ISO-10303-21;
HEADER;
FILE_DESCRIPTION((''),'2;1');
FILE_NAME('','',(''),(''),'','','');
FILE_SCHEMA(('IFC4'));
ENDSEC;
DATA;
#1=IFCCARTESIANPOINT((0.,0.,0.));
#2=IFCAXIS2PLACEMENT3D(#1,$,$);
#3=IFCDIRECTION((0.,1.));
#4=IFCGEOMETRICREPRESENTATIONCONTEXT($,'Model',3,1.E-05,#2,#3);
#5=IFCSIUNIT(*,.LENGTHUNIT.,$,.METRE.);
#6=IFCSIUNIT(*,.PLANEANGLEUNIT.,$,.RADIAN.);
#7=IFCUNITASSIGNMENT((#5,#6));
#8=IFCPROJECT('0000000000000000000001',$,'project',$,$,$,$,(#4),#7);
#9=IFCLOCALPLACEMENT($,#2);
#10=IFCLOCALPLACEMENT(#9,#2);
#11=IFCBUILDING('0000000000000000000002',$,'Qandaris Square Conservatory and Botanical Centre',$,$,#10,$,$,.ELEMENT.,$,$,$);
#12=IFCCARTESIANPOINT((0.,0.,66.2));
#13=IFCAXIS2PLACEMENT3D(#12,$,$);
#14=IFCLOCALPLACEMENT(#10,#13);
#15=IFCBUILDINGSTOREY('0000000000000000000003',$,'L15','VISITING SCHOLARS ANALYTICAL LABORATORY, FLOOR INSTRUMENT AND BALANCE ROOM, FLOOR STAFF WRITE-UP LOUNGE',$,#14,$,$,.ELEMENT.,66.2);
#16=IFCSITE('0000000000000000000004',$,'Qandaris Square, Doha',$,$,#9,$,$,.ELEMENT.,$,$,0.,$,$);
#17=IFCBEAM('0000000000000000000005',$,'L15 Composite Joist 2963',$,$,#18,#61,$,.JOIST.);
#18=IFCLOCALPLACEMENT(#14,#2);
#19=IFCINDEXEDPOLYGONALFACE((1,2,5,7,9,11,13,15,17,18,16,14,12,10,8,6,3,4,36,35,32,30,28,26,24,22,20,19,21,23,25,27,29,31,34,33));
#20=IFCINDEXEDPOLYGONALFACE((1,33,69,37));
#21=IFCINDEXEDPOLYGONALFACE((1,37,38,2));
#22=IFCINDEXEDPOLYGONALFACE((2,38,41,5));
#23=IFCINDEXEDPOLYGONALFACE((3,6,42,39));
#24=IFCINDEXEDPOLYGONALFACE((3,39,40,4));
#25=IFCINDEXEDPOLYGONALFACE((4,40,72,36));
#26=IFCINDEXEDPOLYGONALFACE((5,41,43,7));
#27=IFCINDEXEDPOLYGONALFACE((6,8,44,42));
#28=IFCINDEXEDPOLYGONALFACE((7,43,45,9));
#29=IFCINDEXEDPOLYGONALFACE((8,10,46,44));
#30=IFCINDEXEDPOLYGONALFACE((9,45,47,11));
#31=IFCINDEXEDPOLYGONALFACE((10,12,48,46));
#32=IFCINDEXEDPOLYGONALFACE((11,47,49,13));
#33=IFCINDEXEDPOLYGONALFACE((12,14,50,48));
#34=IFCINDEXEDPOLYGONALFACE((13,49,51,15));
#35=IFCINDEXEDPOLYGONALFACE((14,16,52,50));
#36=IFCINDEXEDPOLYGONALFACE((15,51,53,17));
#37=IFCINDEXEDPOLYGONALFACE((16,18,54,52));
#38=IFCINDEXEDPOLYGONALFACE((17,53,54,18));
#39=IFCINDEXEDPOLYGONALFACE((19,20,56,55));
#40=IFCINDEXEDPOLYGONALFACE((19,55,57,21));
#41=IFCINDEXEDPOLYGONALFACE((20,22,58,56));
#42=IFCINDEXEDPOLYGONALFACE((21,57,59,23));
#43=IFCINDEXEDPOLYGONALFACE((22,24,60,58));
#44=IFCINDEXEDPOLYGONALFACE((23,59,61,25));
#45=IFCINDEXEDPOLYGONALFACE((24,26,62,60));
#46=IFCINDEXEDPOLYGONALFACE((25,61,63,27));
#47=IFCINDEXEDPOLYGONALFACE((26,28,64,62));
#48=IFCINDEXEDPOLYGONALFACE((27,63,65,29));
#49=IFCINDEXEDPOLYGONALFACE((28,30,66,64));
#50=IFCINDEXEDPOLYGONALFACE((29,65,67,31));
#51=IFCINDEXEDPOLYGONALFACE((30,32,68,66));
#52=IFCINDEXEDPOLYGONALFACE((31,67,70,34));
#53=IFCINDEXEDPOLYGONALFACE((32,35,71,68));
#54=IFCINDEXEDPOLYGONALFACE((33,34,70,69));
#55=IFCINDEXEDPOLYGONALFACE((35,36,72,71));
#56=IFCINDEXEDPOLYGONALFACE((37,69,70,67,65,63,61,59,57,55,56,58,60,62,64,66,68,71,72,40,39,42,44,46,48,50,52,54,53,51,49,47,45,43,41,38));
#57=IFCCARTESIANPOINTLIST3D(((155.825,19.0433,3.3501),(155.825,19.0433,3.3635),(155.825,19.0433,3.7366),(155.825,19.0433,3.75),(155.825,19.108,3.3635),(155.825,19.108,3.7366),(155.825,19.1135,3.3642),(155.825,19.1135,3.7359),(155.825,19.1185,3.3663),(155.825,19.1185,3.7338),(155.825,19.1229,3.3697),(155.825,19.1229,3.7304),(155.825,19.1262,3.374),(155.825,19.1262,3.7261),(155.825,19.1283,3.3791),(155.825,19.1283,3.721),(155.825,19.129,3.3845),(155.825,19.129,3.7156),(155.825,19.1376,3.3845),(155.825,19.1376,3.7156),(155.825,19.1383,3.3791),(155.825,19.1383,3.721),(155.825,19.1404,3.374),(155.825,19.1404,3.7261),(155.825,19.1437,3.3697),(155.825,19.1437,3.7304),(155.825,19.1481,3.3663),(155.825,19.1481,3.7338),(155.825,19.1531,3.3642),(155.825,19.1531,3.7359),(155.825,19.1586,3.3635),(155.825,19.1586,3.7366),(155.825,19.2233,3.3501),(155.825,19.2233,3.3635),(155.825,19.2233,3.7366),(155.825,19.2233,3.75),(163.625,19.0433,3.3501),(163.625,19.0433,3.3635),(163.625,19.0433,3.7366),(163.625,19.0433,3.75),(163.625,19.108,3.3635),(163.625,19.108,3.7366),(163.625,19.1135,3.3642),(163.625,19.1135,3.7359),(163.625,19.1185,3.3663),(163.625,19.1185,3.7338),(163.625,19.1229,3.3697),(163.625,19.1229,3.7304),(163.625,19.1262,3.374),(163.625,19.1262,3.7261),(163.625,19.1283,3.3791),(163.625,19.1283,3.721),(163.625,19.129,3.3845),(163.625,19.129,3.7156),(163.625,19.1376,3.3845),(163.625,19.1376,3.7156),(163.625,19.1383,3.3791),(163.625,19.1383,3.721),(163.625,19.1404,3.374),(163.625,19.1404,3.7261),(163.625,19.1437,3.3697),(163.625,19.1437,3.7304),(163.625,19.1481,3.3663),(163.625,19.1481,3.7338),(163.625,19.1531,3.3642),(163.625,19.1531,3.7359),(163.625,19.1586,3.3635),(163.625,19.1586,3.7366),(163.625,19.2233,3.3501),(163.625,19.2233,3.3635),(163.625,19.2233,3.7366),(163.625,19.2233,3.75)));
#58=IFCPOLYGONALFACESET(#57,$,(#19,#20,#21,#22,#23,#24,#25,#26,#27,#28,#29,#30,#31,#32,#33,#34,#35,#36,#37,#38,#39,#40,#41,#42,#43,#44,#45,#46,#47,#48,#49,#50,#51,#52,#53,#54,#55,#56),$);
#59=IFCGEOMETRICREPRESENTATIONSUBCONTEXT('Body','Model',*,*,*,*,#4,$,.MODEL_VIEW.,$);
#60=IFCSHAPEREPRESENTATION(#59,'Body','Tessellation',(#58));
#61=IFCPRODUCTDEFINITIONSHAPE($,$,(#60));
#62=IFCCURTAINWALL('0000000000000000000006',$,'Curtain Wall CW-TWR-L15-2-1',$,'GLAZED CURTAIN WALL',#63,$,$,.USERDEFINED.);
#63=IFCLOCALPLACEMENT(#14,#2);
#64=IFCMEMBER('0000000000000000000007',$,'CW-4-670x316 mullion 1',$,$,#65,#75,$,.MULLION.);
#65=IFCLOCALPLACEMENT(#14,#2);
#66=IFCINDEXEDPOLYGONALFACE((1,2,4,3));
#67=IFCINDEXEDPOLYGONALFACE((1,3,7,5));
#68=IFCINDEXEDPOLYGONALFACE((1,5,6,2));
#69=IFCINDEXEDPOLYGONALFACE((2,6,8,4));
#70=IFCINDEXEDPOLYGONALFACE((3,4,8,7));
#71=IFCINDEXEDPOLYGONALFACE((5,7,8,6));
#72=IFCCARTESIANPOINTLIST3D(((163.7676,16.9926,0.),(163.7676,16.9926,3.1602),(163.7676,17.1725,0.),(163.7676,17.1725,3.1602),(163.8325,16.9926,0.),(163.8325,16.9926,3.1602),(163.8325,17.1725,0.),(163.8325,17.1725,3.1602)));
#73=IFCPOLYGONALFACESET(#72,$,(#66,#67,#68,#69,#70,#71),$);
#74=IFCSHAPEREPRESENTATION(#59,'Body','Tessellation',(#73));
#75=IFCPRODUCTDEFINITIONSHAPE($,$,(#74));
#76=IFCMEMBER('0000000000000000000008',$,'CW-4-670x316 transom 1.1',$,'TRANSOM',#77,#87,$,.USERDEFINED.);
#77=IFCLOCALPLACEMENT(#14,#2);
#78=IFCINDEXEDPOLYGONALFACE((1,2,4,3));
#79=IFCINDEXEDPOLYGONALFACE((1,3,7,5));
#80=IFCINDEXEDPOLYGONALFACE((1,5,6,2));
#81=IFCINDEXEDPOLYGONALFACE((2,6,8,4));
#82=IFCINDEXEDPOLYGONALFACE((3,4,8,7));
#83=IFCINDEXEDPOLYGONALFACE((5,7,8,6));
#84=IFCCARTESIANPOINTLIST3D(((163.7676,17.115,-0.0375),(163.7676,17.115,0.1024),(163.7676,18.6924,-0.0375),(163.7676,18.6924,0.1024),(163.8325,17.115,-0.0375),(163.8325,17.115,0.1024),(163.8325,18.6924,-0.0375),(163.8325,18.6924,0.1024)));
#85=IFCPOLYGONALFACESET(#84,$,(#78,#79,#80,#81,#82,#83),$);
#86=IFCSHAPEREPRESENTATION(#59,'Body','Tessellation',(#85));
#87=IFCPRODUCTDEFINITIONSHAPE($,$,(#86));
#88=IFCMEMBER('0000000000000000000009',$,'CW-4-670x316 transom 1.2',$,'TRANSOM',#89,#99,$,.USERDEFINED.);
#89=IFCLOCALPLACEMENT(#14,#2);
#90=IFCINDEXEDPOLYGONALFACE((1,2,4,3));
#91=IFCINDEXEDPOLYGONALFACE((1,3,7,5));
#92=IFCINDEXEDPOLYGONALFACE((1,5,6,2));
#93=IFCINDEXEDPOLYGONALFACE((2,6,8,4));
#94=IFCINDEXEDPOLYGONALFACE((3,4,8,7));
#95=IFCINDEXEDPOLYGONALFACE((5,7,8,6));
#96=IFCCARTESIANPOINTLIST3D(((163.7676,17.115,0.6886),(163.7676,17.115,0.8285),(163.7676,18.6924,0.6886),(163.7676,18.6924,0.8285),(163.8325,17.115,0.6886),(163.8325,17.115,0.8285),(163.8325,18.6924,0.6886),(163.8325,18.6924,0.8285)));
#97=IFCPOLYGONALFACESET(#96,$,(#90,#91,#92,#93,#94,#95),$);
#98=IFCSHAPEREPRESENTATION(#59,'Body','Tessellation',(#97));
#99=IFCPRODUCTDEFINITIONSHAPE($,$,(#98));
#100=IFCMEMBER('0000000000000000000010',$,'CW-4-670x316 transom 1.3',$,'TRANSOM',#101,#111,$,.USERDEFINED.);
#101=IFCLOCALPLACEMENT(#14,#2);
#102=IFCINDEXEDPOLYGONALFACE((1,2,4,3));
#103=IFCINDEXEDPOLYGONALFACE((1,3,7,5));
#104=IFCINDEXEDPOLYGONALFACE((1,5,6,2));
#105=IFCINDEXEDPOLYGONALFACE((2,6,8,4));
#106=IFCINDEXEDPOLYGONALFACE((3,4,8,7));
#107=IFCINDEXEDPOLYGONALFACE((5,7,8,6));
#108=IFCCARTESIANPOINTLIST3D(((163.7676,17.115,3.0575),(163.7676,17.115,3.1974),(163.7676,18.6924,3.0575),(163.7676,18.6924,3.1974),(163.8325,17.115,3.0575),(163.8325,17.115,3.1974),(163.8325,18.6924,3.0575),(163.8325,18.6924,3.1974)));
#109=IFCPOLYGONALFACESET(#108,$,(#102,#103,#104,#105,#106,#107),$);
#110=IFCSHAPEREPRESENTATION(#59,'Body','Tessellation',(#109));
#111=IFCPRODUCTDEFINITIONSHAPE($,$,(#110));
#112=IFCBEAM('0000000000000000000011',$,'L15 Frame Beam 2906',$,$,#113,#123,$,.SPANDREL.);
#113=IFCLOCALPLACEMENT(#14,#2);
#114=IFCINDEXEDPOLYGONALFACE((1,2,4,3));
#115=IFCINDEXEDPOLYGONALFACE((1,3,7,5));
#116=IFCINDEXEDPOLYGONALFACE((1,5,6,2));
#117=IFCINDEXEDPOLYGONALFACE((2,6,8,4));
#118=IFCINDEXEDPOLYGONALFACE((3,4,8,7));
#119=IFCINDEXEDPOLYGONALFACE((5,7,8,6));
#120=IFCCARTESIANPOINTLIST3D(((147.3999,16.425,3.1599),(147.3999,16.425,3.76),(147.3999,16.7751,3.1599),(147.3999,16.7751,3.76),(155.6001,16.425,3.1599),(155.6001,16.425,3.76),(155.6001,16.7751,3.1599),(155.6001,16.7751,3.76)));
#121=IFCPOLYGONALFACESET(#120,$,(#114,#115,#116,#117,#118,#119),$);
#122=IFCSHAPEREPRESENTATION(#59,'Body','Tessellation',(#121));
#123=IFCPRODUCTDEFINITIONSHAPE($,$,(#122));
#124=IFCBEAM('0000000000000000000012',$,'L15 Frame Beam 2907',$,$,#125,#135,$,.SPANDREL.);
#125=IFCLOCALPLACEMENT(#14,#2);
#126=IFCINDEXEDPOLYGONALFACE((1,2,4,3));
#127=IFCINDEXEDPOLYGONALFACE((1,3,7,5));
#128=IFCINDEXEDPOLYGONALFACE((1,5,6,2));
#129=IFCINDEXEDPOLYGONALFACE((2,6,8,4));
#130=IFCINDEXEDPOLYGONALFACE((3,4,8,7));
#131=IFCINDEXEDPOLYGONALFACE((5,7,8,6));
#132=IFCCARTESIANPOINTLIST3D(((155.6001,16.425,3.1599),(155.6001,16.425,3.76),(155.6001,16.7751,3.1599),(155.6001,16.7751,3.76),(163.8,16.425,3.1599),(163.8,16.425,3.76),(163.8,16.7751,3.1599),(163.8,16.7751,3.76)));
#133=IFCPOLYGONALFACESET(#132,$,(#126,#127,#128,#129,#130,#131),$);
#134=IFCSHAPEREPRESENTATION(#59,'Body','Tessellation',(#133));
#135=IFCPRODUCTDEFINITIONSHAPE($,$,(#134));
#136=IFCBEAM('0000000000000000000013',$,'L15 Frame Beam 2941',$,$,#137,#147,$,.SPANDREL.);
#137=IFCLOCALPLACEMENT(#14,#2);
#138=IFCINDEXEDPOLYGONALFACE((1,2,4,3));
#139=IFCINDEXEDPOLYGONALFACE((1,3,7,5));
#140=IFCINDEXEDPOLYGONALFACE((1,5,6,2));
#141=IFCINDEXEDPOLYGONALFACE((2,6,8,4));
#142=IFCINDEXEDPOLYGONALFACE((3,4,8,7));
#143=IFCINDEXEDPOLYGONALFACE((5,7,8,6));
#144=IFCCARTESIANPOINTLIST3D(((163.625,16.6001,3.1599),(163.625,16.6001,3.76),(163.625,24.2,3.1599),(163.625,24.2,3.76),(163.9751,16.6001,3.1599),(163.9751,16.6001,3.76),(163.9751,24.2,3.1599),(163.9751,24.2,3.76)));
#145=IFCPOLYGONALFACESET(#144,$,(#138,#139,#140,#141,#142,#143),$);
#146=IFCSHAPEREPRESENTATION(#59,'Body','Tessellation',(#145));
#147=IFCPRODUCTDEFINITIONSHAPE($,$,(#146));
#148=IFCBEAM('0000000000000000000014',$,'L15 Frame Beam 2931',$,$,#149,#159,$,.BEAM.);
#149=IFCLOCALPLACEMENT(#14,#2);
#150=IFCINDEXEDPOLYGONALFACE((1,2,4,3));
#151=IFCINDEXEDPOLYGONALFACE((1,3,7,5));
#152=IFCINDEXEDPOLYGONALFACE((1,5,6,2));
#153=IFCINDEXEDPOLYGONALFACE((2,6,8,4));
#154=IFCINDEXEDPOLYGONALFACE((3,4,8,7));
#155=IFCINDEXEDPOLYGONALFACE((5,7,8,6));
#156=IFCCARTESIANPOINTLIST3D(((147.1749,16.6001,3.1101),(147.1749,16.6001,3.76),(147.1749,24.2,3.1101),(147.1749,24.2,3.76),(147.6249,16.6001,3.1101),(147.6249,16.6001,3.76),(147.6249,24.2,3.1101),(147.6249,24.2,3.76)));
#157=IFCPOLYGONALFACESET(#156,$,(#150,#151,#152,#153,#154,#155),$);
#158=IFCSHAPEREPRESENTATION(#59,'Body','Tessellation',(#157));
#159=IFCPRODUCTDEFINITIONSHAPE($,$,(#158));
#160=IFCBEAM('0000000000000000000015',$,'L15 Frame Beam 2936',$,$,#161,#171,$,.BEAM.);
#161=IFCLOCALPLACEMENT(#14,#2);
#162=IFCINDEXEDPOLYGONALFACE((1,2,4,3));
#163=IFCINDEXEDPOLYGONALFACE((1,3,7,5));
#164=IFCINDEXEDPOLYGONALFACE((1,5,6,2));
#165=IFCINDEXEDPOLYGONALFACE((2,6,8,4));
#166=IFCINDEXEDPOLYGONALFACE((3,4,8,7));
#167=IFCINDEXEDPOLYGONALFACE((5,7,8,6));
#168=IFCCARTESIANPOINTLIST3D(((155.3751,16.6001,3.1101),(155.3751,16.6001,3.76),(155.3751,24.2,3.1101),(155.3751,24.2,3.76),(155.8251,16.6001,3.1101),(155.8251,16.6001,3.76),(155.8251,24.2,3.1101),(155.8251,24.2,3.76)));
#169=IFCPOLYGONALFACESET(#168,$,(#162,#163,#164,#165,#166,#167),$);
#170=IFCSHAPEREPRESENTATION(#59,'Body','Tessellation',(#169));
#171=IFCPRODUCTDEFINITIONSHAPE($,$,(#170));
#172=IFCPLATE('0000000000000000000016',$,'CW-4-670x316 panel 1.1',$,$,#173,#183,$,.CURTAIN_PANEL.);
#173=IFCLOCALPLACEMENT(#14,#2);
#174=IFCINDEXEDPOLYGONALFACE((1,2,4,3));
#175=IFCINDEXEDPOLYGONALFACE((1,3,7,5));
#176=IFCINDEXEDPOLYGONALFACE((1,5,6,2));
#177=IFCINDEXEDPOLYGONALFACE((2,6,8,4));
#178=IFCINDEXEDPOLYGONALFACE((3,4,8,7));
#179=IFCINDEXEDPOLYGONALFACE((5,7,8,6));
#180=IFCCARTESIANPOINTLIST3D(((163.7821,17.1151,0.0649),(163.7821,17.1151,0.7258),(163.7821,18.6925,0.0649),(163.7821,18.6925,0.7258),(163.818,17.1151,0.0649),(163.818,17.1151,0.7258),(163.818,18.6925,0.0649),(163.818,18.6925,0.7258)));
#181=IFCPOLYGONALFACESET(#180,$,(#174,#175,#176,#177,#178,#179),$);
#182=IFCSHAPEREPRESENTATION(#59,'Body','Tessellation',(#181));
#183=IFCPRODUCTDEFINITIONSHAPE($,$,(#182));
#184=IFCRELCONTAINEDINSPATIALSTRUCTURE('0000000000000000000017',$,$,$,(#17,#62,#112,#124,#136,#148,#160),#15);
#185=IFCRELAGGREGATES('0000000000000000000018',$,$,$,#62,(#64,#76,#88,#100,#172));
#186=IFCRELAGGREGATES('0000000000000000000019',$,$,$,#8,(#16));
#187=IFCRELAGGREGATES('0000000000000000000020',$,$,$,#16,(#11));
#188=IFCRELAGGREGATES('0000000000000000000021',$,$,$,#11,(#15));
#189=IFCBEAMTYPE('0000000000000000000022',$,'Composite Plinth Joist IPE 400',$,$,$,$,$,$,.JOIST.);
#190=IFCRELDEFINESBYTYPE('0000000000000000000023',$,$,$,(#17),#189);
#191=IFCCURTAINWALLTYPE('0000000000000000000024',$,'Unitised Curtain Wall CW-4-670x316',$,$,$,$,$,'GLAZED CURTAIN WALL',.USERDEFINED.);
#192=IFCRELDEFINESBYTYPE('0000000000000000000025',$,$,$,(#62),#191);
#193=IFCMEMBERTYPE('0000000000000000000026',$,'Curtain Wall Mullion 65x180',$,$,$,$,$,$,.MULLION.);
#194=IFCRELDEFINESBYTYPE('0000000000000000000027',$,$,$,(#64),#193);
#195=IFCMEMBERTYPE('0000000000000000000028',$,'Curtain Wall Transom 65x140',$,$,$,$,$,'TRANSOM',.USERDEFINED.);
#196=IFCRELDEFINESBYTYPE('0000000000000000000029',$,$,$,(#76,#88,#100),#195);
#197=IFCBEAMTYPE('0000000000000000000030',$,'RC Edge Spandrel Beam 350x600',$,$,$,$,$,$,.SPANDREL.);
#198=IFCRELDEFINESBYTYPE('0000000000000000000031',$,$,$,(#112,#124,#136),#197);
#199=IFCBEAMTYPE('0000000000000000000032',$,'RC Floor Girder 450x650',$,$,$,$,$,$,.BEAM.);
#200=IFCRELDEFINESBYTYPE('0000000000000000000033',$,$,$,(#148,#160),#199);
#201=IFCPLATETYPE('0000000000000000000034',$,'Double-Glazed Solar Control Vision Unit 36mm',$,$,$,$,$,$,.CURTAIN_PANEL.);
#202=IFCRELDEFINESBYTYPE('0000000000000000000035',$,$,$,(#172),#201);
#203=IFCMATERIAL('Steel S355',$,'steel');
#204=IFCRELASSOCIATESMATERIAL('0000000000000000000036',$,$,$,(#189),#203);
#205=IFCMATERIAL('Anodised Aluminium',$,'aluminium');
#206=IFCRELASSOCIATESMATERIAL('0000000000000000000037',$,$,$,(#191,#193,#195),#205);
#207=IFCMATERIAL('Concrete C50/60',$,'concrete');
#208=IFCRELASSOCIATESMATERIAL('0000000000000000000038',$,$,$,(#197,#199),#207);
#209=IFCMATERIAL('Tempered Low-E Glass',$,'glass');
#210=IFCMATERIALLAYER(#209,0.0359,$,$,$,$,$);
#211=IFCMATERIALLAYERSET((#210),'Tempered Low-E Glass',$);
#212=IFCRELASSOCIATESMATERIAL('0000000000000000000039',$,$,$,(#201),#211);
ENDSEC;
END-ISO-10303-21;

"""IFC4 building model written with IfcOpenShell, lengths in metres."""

from ifc_helpers import new_model, si_unit, direction, frame, origin, origin_2d, place, context, subcontext, project, spatial, rectangle, i_section, extrude, material, layer, layer_set, material_profile, profile_set, type_object, element, aggregate, save


model = new_model("IFC4")

# Units and contexts
model_context = context("Model", 3, precision=1e-05, world=origin(), true_north=direction((0.0, 1.0)))
body_context = subcontext(model_context, "Body", "Model", "MODEL_VIEW")
ifc_project = project(units=[si_unit("LENGTHUNIT", "METRE"), si_unit("PLANEANGLEUNIT", "RADIAN")], contexts=[model_context])

# Site, building, storey
site_placement = place(None, origin())
site = spatial("IfcSite", under=ifc_project, at=site_placement, Name="Qandaris Square, Doha", CompositionType="ELEMENT", RefElevation=0.0)
building_placement = place(site_placement, origin())
building = spatial("IfcBuilding", under=site, at=building_placement, Name="Qandaris Square Conservatory and Botanical Centre", CompositionType="ELEMENT")
storey_placement = place(building_placement, frame((0.0, 0.0, 66.2)))
storey = spatial("IfcBuildingStorey", under=building, at=storey_placement, Name="L15", Description="VISITING SCHOLARS ANALYTICAL LABORATORY, FLOOR INSTRUMENT AND BALANCE ROOM, FLOOR STAFF WRITE-UP LOUNGE", CompositionType="ELEMENT", Elevation=66.2)

# Shared definitions
ifc_material_1 = material(Name="Concrete C50/60", Category="concrete")

# Beam
ifc_material_2 = material(Name="Steel S355", Category="steel")
ifc_material_profile_1 = material_profile(ifc_material_2, i_section(OverallWidth=0.1799, OverallDepth=0.3999, WebThickness=0.0085, FlangeThickness=0.0134, FilletRadius=0.021, at=origin_2d()), Name="IPE 400")
ifc_profile_set_1 = profile_set([ifc_material_profile_1], Name="Steel S355")
beam_type_1 = type_object("IfcBeamType", Name="Composite Plinth Joist IPE 400", PredefinedType="JOIST", material=ifc_profile_set_1)
beam_1_placement = place(storey_placement, frame((155.825, 19.1333, 3.55), z_axis=(1.0, 0.0, 0.0), x_axis=(0.0, 1.0, 0.0)))
element("IfcBeam", 1, at=beam_1_placement, inside=storey, type_object=beam_type_1, Name="L15 Composite Joist 2963", PredefinedType="JOIST", context=body_context, shape_type="SweptSolid", body=[
    extrude(i_section(OverallWidth=0.1799, OverallDepth=0.3999, WebThickness=0.0085, FlangeThickness=0.0134, FilletRadius=0.021, at=origin_2d()), origin(), (0.0, 0.0, 1.0), 7.8),
])

# Curtain wall, members
ifc_material_3 = material(Name="Anodised Aluminium", Category="aluminium")
curtain_wall_type = type_object("IfcCurtainWallType", Name="Unitised Curtain Wall CW-4-670x316", ElementType="GLAZED CURTAIN WALL", PredefinedType="USERDEFINED", material=ifc_material_3)
curtain_wall_placement = place(storey_placement, origin())
curtain_wall = element("IfcCurtainWall", 2, at=curtain_wall_placement, inside=storey, type_object=curtain_wall_type, Name="Curtain Wall CW-TWR-L15-2-1", ObjectType="GLAZED CURTAIN WALL", PredefinedType="USERDEFINED")
ifc_material_profile_2 = material_profile(ifc_material_3, rectangle(XDim=0.0649, YDim=0.1799, at=origin_2d()), Name="ALU-MUL 65x180")
ifc_profile_set_2 = profile_set([ifc_material_profile_2], Name="Anodised Aluminium")
member_type_1 = type_object("IfcMemberType", Name="Curtain Wall Mullion 65x180", PredefinedType="MULLION", material=ifc_profile_set_2)
member_1_placement = place(storey_placement, frame((163.8, 17.0825, 0.0), z_axis=(0.0, 0.0, 1.0), x_axis=(-1.0, 0.0, 0.0)))
member_1 = element("IfcMember", 3, at=member_1_placement, type_object=member_type_1, Name="CW-4-670x316 mullion 1", PredefinedType="MULLION", context=body_context, shape_type="SweptSolid", body=[
    extrude(rectangle(XDim=0.0649, YDim=0.1799, at=origin_2d()), origin(), (0.0, 0.0, 1.0), 3.1602),
])
ifc_material_profile_3 = material_profile(ifc_material_3, rectangle(XDim=0.0649, YDim=0.1399, at=origin_2d()), Name="ALU-TRN 65x140")
ifc_profile_set_3 = profile_set([ifc_material_profile_3], Name="Anodised Aluminium")
member_type_2 = type_object("IfcMemberType", Name="Curtain Wall Transom 65x140", ElementType="TRANSOM", PredefinedType="USERDEFINED", material=ifc_profile_set_3)
member_2_placement = place(storey_placement, frame((163.8, 17.115, 0.0325), z_axis=(0.0, 1.0, 0.0), x_axis=(-1.0, 0.0, 0.0)))
member_2 = element("IfcMember", 4, at=member_2_placement, type_object=member_type_2, Name="CW-4-670x316 transom 1.1", ObjectType="TRANSOM", PredefinedType="USERDEFINED", context=body_context, shape_type="SweptSolid", body=[
    extrude(rectangle(XDim=0.0649, YDim=0.1399, at=origin_2d()), origin(), (0.0, 0.0, 1.0), 1.5774),
])
member_3_placement = place(storey_placement, frame((163.8, 17.115, 0.7585), z_axis=(0.0, 1.0, 0.0), x_axis=(-1.0, 0.0, 0.0)))
member_3 = element("IfcMember", 5, at=member_3_placement, type_object=member_type_2, Name="CW-4-670x316 transom 1.2", ObjectType="TRANSOM", PredefinedType="USERDEFINED", context=body_context, shape_type="SweptSolid", body=[
    extrude(rectangle(XDim=0.0649, YDim=0.1399, at=origin_2d()), origin(), (0.0, 0.0, 1.0), 1.5774),
])
member_4_placement = place(storey_placement, frame((163.8, 17.115, 3.1274), z_axis=(0.0, 1.0, 0.0), x_axis=(-1.0, 0.0, 0.0)))
member_4 = element("IfcMember", 6, at=member_4_placement, type_object=member_type_2, Name="CW-4-670x316 transom 1.3", ObjectType="TRANSOM", PredefinedType="USERDEFINED", context=body_context, shape_type="SweptSolid", body=[
    extrude(rectangle(XDim=0.0649, YDim=0.1399, at=origin_2d()), origin(), (0.0, 0.0, 1.0), 1.5774),
])

# Beams
ifc_material_profile_4 = material_profile(ifc_material_1, rectangle(XDim=0.3501, YDim=0.6001, at=origin_2d()), Name="RC-SP 350x600")
ifc_profile_set_4 = profile_set([ifc_material_profile_4], Name="Concrete C50/60")
beam_type_2 = type_object("IfcBeamType", Name="RC Edge Spandrel Beam 350x600", PredefinedType="SPANDREL", material=ifc_profile_set_4)
beam_2_placement = place(storey_placement, frame((147.3999, 16.6001, 3.46), z_axis=(1.0, 0.0, 0.0), x_axis=(0.0, 1.0, 0.0)))
element("IfcBeam", 7, at=beam_2_placement, inside=storey, type_object=beam_type_2, Name="L15 Frame Beam 2906", PredefinedType="SPANDREL", context=body_context, shape_type="SweptSolid", body=[
    extrude(rectangle(XDim=0.3501, YDim=0.6001, at=origin_2d()), origin(), (0.0, 0.0, 1.0), 8.2002),
])
beam_3_placement = place(storey_placement, frame((155.6001, 16.6001, 3.46), z_axis=(1.0, 0.0, 0.0), x_axis=(0.0, 1.0, 0.0)))
element("IfcBeam", 8, at=beam_3_placement, inside=storey, type_object=beam_type_2, Name="L15 Frame Beam 2907", PredefinedType="SPANDREL", context=body_context, shape_type="SweptSolid", body=[
    extrude(rectangle(XDim=0.3501, YDim=0.6001, at=origin_2d()), origin(), (0.0, 0.0, 1.0), 8.2),
])
beam_4_placement = place(storey_placement, frame((163.8, 16.6001, 3.46), z_axis=(0.0, 1.0, 0.0), x_axis=(-1.0, 0.0, 0.0)))
element("IfcBeam", 9, at=beam_4_placement, inside=storey, type_object=beam_type_2, Name="L15 Frame Beam 2941", PredefinedType="SPANDREL", context=body_context, shape_type="SweptSolid", body=[
    extrude(rectangle(XDim=0.3501, YDim=0.6001, at=origin_2d()), origin(), (0.0, 0.0, 1.0), 7.5999),
])
ifc_material_profile_5 = material_profile(ifc_material_1, rectangle(XDim=0.45, YDim=0.6499, at=origin_2d()), Name="RC-BM 450x650")
ifc_profile_set_5 = profile_set([ifc_material_profile_5], Name="Concrete C50/60")
beam_type_3 = type_object("IfcBeamType", Name="RC Floor Girder 450x650", PredefinedType="BEAM", material=ifc_profile_set_5)
for number, where, z_axis, x_axis, name in (
    (10, (147.3999, 16.6001, 3.4351), (0.0, 1.0, 0.0), (-1.0, 0.0, 0.0), "L15 Frame Beam 2931"),
    (11, (155.6001, 16.6001, 3.4351), (0.0, 1.0, 0.0), (-1.0, 0.0, 0.0), "L15 Frame Beam 2936"),
):
    element("IfcBeam", number, at=place(storey_placement, frame(where, z_axis=z_axis, x_axis=x_axis)), inside=storey, type_object=beam_type_3, Name=name, PredefinedType="BEAM", context=body_context, shape_type="SweptSolid", body=[
        extrude(rectangle(XDim=0.45, YDim=0.6499, at=origin_2d()), origin(), (0.0, 0.0, 1.0), 7.5999),
    ])

# Plate
ifc_material_4 = material(Name="Tempered Low-E Glass", Category="glass")
ifc_layer_1 = layer(ifc_material_4, 0.0359)
ifc_layer_set_1 = layer_set([ifc_layer_1], Name="Tempered Low-E Glass")
plate_type = type_object("IfcPlateType", Name="Double-Glazed Solar Control Vision Unit 36mm", PredefinedType="CURTAIN_PANEL", material=ifc_layer_set_1)
plate_1_placement = place(storey_placement, frame((163.8, 17.9038, 0.0649), z_axis=(0.0, 0.0, 1.0), x_axis=(0.0, 1.0, 0.0)))
plate_1 = element("IfcPlate", 12, at=plate_1_placement, type_object=plate_type, Name="CW-4-670x316 panel 1.1", PredefinedType="CURTAIN_PANEL", context=body_context, shape_type="SweptSolid", body=[
    extrude(rectangle(XDim=1.5774, YDim=0.0359, at=origin_2d()), origin(), (0.0, 0.0, 1.0), 0.6609),
])
aggregate(curtain_wall, [member_1, member_2, member_3, member_4, plate_1])

save(model, "model.ifc")
